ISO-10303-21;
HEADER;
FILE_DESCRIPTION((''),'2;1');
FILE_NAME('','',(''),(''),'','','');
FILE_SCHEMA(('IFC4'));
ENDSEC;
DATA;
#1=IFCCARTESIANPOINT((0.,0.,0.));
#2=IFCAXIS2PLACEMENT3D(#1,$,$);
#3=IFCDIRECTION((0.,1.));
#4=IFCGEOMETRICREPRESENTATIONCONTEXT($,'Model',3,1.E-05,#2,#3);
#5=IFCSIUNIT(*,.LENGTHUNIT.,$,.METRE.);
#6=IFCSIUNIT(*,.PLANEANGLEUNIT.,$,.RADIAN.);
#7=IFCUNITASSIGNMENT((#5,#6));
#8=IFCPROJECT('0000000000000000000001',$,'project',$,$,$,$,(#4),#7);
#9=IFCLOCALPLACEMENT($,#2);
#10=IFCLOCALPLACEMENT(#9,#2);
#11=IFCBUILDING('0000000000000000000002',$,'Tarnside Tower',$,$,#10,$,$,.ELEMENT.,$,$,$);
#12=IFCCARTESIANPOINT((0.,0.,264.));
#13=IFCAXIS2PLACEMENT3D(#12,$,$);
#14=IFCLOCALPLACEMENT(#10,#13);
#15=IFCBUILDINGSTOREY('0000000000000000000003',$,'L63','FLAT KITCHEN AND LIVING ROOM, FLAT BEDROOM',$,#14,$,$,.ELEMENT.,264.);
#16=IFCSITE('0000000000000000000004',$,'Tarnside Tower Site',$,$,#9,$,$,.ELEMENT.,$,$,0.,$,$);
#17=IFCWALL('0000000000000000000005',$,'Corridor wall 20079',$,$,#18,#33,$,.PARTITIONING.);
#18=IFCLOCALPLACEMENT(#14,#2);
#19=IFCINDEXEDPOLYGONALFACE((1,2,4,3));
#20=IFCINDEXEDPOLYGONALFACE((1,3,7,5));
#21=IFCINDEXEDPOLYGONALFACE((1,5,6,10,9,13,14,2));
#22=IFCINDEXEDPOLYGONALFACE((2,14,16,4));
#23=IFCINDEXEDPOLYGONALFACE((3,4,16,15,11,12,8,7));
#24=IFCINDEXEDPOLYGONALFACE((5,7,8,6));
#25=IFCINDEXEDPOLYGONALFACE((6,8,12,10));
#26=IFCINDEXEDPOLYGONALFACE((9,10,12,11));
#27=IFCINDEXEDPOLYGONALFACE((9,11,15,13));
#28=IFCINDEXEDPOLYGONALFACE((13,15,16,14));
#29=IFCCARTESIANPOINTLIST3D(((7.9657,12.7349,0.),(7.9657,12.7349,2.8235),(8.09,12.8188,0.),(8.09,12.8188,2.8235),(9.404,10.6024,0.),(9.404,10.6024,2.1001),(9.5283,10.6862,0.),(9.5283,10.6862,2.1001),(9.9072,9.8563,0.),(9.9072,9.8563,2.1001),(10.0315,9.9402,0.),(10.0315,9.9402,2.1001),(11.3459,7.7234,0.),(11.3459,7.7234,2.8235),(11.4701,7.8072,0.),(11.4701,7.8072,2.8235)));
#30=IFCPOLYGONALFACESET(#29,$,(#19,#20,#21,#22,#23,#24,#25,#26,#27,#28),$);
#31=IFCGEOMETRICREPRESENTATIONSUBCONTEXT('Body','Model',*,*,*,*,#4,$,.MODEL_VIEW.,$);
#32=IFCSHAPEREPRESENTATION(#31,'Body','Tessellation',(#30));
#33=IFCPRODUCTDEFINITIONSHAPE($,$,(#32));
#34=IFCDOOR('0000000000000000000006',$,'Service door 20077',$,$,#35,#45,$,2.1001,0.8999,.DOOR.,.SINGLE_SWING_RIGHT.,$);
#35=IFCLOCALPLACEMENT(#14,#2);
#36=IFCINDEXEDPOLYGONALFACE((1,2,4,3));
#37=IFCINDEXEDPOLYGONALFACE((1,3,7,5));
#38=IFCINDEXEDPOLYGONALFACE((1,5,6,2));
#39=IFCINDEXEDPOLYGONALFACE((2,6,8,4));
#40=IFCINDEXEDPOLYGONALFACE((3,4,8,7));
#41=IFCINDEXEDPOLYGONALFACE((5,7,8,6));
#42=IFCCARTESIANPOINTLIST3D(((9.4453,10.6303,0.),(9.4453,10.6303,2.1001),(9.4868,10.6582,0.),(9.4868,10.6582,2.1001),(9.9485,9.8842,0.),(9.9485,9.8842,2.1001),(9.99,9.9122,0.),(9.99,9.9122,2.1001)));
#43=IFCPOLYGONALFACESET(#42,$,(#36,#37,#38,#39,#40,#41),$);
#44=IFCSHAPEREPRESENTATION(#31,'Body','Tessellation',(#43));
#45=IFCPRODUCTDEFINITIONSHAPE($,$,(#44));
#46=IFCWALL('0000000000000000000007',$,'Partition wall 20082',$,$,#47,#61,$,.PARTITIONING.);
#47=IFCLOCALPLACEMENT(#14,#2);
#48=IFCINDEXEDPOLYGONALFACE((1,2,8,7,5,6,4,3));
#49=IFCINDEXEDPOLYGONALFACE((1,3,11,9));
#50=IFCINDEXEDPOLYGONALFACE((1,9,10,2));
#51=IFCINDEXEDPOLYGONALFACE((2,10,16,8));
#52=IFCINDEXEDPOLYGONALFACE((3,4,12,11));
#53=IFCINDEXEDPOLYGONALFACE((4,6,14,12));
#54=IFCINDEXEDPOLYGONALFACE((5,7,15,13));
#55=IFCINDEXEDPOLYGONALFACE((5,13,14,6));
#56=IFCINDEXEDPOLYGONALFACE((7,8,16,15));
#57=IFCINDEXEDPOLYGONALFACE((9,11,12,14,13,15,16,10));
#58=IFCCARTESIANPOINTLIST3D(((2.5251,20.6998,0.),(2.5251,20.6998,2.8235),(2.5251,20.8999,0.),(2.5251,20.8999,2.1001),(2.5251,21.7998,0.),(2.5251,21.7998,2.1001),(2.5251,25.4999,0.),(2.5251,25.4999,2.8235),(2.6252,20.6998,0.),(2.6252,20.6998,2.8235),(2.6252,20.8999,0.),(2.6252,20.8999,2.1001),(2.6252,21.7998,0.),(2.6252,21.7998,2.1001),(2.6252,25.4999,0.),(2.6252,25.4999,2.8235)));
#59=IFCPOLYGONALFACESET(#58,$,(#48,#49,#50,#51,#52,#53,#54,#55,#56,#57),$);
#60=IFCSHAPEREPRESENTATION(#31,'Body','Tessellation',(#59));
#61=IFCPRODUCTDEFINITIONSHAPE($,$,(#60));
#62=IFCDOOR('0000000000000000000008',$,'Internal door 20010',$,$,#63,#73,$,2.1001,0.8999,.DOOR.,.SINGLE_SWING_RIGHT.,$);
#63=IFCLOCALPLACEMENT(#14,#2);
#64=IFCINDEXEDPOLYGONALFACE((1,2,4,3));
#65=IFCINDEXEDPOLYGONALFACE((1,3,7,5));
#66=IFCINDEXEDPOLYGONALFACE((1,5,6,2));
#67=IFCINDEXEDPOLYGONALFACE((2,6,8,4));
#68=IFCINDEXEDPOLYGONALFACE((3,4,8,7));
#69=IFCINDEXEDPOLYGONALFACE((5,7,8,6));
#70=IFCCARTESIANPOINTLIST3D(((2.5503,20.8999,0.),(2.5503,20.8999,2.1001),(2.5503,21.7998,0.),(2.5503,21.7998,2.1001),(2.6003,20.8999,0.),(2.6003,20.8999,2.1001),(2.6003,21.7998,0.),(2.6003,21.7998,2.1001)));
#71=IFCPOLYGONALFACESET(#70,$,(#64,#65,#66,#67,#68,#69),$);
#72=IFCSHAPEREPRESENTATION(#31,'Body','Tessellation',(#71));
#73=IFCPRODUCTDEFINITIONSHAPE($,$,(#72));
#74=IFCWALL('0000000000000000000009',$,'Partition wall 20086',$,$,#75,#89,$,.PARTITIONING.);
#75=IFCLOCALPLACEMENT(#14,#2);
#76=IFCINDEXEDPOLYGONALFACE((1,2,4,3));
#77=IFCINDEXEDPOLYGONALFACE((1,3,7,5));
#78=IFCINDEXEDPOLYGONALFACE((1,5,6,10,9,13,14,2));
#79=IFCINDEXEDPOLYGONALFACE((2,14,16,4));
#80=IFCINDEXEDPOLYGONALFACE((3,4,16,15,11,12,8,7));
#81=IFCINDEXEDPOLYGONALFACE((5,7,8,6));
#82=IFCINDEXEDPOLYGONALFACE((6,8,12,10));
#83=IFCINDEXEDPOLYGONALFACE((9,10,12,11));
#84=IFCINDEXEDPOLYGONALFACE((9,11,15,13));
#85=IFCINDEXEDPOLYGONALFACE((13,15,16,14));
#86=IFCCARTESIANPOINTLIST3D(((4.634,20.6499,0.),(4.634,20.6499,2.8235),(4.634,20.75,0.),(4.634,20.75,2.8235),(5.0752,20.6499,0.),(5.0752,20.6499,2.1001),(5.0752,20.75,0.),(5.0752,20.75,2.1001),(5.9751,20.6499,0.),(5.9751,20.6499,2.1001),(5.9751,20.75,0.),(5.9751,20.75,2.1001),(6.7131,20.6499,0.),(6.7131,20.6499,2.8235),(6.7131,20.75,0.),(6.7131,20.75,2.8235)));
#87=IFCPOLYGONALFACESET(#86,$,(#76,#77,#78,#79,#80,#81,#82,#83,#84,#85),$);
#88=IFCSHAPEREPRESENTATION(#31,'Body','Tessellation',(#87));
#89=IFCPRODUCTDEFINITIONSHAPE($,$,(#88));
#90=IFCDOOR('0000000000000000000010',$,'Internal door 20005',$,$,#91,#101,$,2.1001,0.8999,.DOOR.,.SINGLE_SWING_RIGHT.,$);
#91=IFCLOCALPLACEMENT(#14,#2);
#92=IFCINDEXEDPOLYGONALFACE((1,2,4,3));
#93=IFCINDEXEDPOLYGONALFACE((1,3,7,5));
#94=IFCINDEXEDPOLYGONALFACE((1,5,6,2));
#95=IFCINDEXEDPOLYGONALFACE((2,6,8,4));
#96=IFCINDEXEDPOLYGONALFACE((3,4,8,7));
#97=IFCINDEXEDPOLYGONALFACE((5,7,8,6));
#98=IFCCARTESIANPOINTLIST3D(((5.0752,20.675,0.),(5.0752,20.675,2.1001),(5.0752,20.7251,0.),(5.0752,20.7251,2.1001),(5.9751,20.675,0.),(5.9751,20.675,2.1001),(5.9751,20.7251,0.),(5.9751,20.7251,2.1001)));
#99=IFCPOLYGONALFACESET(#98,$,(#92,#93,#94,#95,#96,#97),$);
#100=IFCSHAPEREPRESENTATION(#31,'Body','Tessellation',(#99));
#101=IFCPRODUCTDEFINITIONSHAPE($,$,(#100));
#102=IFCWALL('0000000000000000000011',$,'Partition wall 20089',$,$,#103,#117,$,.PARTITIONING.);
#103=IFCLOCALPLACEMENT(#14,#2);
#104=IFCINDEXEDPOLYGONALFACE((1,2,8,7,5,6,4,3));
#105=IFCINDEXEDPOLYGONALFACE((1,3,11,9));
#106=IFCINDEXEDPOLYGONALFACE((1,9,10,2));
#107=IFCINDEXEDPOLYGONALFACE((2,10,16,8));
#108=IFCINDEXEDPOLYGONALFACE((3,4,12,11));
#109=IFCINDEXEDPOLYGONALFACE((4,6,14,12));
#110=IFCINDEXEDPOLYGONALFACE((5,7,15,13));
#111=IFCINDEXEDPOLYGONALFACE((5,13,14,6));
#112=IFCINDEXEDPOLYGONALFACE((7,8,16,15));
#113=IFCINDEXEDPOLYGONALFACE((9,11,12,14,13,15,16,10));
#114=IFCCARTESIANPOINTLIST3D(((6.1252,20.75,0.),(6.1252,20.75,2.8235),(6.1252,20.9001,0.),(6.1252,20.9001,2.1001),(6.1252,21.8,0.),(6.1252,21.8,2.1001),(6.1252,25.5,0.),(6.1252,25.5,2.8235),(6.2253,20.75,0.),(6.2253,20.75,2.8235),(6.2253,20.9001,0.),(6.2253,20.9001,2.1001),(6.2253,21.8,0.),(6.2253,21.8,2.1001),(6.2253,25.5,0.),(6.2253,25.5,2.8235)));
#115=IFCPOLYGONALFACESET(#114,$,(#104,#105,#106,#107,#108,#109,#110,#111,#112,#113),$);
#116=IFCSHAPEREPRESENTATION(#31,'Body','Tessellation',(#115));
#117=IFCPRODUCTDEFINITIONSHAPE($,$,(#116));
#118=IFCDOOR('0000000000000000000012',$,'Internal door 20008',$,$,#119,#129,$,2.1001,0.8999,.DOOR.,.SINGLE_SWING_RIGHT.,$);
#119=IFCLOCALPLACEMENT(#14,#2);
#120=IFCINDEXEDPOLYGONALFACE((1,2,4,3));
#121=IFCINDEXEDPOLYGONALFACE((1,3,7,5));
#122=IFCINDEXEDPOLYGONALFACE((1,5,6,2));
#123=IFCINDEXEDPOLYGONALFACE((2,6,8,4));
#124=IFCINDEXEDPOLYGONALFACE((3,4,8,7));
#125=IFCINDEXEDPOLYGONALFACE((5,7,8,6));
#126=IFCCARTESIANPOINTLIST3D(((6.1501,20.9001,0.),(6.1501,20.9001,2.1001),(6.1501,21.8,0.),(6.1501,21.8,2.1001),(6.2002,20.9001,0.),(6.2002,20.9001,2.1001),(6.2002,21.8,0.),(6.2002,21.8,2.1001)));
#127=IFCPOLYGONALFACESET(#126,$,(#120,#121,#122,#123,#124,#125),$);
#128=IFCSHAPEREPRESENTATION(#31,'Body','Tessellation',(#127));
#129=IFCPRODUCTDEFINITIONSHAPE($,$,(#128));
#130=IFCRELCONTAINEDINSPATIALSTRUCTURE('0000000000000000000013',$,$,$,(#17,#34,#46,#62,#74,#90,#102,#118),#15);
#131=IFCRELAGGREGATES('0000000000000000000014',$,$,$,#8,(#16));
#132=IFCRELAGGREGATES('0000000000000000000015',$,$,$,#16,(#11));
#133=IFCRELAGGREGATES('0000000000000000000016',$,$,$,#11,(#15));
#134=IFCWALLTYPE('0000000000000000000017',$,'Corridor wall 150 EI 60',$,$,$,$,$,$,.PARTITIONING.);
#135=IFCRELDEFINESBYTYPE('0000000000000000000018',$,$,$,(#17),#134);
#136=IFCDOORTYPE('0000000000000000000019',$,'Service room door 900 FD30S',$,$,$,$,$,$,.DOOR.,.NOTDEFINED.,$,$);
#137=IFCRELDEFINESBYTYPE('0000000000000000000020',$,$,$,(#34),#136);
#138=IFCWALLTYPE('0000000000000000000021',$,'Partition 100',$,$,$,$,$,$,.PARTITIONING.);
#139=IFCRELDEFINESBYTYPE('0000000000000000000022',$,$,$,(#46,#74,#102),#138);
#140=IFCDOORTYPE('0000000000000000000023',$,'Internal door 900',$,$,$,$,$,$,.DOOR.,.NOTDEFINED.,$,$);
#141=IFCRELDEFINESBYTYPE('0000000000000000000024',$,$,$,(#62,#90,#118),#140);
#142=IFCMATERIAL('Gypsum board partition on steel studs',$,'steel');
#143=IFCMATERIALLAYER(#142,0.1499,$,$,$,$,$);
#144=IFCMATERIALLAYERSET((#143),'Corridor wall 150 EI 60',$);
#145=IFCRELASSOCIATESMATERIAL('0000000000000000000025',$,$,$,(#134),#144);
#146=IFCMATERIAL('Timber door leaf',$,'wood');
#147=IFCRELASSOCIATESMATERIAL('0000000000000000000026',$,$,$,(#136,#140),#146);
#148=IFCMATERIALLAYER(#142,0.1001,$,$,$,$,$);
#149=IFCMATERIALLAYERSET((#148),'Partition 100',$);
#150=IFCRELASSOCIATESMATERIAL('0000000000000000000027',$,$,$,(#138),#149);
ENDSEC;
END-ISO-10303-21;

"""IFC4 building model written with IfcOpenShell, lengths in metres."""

from ifc_helpers import new_model, si_unit, direction, frame, frame_2d, origin, place, context, subcontext, project, spatial, rectangle, extrude, material, layer, layer_set, type_object, element, fill, save


model = new_model("IFC4")

# Units and contexts
model_context = context("Model", 3, precision=1e-05, world=origin(), true_north=direction((0.0, 1.0)))
body_context = subcontext(model_context, "Body", "Model", "MODEL_VIEW")
ifc_project = project(units=[si_unit("LENGTHUNIT", "METRE"), si_unit("PLANEANGLEUNIT", "RADIAN")], contexts=[model_context])

# Site, building, storey
site_placement = place(None, origin())
site = spatial("IfcSite", under=ifc_project, at=site_placement, Name="Tarnside Tower Site", CompositionType="ELEMENT", RefElevation=0.0)
building_placement = place(site_placement, origin())
building = spatial("IfcBuilding", under=site, at=building_placement, Name="Tarnside Tower", CompositionType="ELEMENT")
storey_placement = place(building_placement, frame((0.0, 0.0, 264.0)))
storey = spatial("IfcBuildingStorey", under=building, at=storey_placement, Name="L63", Description="FLAT KITCHEN AND LIVING ROOM, FLAT BEDROOM", CompositionType="ELEMENT", Elevation=264.0)

# Shared definitions
ifc_material_1 = material(Name="Gypsum board partition on steel studs", Category="steel")

# Shared definitions
ifc_material_2 = material(Name="Timber door leaf", Category="wood")

# Shared definitions
ifc_layer_1 = layer(ifc_material_1, 0.1499)
ifc_layer_set_1 = layer_set([ifc_layer_1], Name="Corridor wall 150 EI 60")
wall_type_1 = type_object("IfcWallType", Name="Corridor wall 150 EI 60", PredefinedType="PARTITIONING", material=ifc_layer_set_1)

# Walls, openings, doors
wall_1_placement = place(storey_placement, frame((8.0278, 12.7769, 0.0), z_axis=(0.0, 0.0, 1.0), x_axis=(0.559175, -0.829049, 0.0)))
wall_1 = element("IfcWall", 1, at=wall_1_placement, inside=storey, type_object=wall_type_1, Name="Corridor wall 20079", PredefinedType="PARTITIONING", context=body_context, shape_type="SweptSolid", body=[
    extrude(rectangle(XDim=6.0449, YDim=0.1499, at=frame_2d((3.0225, 0.0))), origin(), (0.0, 0.0, 1.0), 2.8235),
])
opening_1_placement = place(wall_1_placement, frame((2.5723, 0.0, 0.0)))
opening_1 = element("IfcOpeningElement", 2, at=opening_1_placement, cuts=wall_1, PredefinedType="OPENING", context=body_context, shape_type="SweptSolid", body=[
    extrude(rectangle(XDim=0.8999, YDim=2.1001, at=frame_2d((0.45, 1.05))), frame((0.0, 0.085, 0.0), z_axis=(0.0, -1.0, 0.0), x_axis=(1.0, 0.0, 0.0)), (0.0, 0.0, 1.0), 0.1699),
])
door_type_1 = type_object("IfcDoorType", Name="Service room door 900 FD30S", OperationType="NOTDEFINED", PredefinedType="DOOR", material=ifc_material_2)
door_1_placement = place(opening_1_placement, origin())
door_1 = element("IfcDoor", 3, at=door_1_placement, inside=storey, type_object=door_type_1, Name="Service door 20077", OperationType="SINGLE_SWING_RIGHT", OverallHeight=2.1001, OverallWidth=0.8999, PredefinedType="DOOR", context=body_context, shape_type="SweptSolid", body=[
    extrude(rectangle(XDim=0.8999, YDim=2.1001, at=frame_2d((0.45, 1.05))), frame((0.0, 0.0249, 0.0), z_axis=(0.0, -1.0, 0.0), x_axis=(1.0, 0.0, 0.0)), (0.0, 0.0, 1.0), 0.05),
])
fill(opening_1, door_1)
ifc_layer_2 = layer(ifc_material_1, 0.1001)
ifc_layer_set_2 = layer_set([ifc_layer_2], Name="Partition 100")
wall_type_2 = type_object("IfcWallType", Name="Partition 100", PredefinedType="PARTITIONING", material=ifc_layer_set_2)
wall_2_placement = place(storey_placement, frame((2.5752, 20.7, 0.0), z_axis=(0.0, 0.0, 1.0), x_axis=(0.0, 1.0, 0.0)))
wall_2 = element("IfcWall", 4, at=wall_2_placement, inside=storey, type_object=wall_type_2, Name="Partition wall 20082", PredefinedType="PARTITIONING", context=body_context, shape_type="SweptSolid", body=[
    extrude(rectangle(XDim=4.8, YDim=0.1001, at=frame_2d((2.3999, 0.0))), origin(), (0.0, 0.0, 1.0), 2.8235),
])
opening_2_placement = place(wall_2_placement, frame((0.2, 0.0, 0.0)))
opening_2 = element("IfcOpeningElement", 5, at=opening_2_placement, cuts=wall_2, PredefinedType="OPENING", context=body_context, shape_type="SweptSolid", body=[
    extrude(rectangle(XDim=0.8999, YDim=2.1001, at=frame_2d((0.45, 1.05))), frame((0.0, 0.0601, 0.0), z_axis=(0.0, -1.0, 0.0), x_axis=(1.0, 0.0, 0.0)), (0.0, 0.0, 1.0), 0.1201),
])
door_type_2 = type_object("IfcDoorType", Name="Internal door 900", OperationType="NOTDEFINED", PredefinedType="DOOR", material=ifc_material_2)
door_2_placement = place(opening_2_placement, origin())
door_2 = element("IfcDoor", 6, at=door_2_placement, inside=storey, type_object=door_type_2, Name="Internal door 20010", OperationType="SINGLE_SWING_RIGHT", OverallHeight=2.1001, OverallWidth=0.8999, PredefinedType="DOOR", context=body_context, shape_type="SweptSolid", body=[
    extrude(rectangle(XDim=0.8999, YDim=2.1001, at=frame_2d((0.45, 1.05))), frame((0.0, 0.0249, 0.0), z_axis=(0.0, -1.0, 0.0), x_axis=(1.0, 0.0, 0.0)), (0.0, 0.0, 1.0), 0.05),
])
fill(opening_2, door_2)
wall_3_placement = place(storey_placement, frame((6.7131, 20.7, 0.0), z_axis=(0.0, 0.0, 1.0), x_axis=(-1.0, 0.0, 0.0)))
wall_3 = element("IfcWall", 7, at=wall_3_placement, inside=storey, type_object=wall_type_2, Name="Partition wall 20086", PredefinedType="PARTITIONING", context=body_context, shape_type="SweptSolid", body=[
    extrude(rectangle(XDim=2.0791, YDim=0.1001, at=frame_2d((1.0396, 0.0))), origin(), (0.0, 0.0, 1.0), 2.8235),
])
opening_3_placement = place(wall_3_placement, frame((0.738, 0.0, 0.0)))
opening_3 = element("IfcOpeningElement", 8, at=opening_3_placement, cuts=wall_3, PredefinedType="OPENING", context=body_context, shape_type="SweptSolid", body=[
    extrude(rectangle(XDim=0.8999, YDim=2.1001, at=frame_2d((0.45, 1.05))), frame((0.0, 0.0601, 0.0), z_axis=(0.0, -1.0, 0.0), x_axis=(1.0, 0.0, 0.0)), (0.0, 0.0, 1.0), 0.1201),
])
door_3_placement = place(opening_3_placement, origin())
door_3 = element("IfcDoor", 9, at=door_3_placement, inside=storey, type_object=door_type_2, Name="Internal door 20005", OperationType="SINGLE_SWING_RIGHT", OverallHeight=2.1001, OverallWidth=0.8999, PredefinedType="DOOR", context=body_context, shape_type="SweptSolid", body=[
    extrude(rectangle(XDim=0.8999, YDim=2.1001, at=frame_2d((0.45, 1.05))), frame((0.0, 0.0249, 0.0), z_axis=(0.0, -1.0, 0.0), x_axis=(1.0, 0.0, 0.0)), (0.0, 0.0, 1.0), 0.05),
])
fill(opening_3, door_3)
wall_4_placement = place(storey_placement, frame((6.1753, 25.5, 0.0), z_axis=(0.0, 0.0, 1.0), x_axis=(0.0, -1.0, 0.0)))
wall_4 = element("IfcWall", 10, at=wall_4_placement, inside=storey, type_object=wall_type_2, Name="Partition wall 20089", PredefinedType="PARTITIONING", context=body_context, shape_type="SweptSolid", body=[
    extrude(rectangle(XDim=4.75, YDim=0.1001, at=frame_2d((2.375, 0.0))), origin(), (0.0, 0.0, 1.0), 2.8235),
])
opening_4_placement = place(wall_4_placement, frame((3.7, 0.0, 0.0)))
opening_4 = element("IfcOpeningElement", 11, at=opening_4_placement, cuts=wall_4, PredefinedType="OPENING", context=body_context, shape_type="SweptSolid", body=[
    extrude(rectangle(XDim=0.8999, YDim=2.1001, at=frame_2d((0.45, 1.05))), frame((0.0, 0.0601, 0.0), z_axis=(0.0, -1.0, 0.0), x_axis=(1.0, 0.0, 0.0)), (0.0, 0.0, 1.0), 0.1201),
])
door_4_placement = place(opening_4_placement, origin())
door_4 = element("IfcDoor", 12, at=door_4_placement, inside=storey, type_object=door_type_2, Name="Internal door 20008", OperationType="SINGLE_SWING_RIGHT", OverallHeight=2.1001, OverallWidth=0.8999, PredefinedType="DOOR", context=body_context, shape_type="SweptSolid", body=[
    extrude(rectangle(XDim=0.8999, YDim=2.1001, at=frame_2d((0.45, 1.05))), frame((0.0, 0.0249, 0.0), z_axis=(0.0, -1.0, 0.0), x_axis=(1.0, 0.0, 0.0)), (0.0, 0.0, 1.0), 0.05),
])
fill(opening_4, door_4)

save(model, "model.ifc")
